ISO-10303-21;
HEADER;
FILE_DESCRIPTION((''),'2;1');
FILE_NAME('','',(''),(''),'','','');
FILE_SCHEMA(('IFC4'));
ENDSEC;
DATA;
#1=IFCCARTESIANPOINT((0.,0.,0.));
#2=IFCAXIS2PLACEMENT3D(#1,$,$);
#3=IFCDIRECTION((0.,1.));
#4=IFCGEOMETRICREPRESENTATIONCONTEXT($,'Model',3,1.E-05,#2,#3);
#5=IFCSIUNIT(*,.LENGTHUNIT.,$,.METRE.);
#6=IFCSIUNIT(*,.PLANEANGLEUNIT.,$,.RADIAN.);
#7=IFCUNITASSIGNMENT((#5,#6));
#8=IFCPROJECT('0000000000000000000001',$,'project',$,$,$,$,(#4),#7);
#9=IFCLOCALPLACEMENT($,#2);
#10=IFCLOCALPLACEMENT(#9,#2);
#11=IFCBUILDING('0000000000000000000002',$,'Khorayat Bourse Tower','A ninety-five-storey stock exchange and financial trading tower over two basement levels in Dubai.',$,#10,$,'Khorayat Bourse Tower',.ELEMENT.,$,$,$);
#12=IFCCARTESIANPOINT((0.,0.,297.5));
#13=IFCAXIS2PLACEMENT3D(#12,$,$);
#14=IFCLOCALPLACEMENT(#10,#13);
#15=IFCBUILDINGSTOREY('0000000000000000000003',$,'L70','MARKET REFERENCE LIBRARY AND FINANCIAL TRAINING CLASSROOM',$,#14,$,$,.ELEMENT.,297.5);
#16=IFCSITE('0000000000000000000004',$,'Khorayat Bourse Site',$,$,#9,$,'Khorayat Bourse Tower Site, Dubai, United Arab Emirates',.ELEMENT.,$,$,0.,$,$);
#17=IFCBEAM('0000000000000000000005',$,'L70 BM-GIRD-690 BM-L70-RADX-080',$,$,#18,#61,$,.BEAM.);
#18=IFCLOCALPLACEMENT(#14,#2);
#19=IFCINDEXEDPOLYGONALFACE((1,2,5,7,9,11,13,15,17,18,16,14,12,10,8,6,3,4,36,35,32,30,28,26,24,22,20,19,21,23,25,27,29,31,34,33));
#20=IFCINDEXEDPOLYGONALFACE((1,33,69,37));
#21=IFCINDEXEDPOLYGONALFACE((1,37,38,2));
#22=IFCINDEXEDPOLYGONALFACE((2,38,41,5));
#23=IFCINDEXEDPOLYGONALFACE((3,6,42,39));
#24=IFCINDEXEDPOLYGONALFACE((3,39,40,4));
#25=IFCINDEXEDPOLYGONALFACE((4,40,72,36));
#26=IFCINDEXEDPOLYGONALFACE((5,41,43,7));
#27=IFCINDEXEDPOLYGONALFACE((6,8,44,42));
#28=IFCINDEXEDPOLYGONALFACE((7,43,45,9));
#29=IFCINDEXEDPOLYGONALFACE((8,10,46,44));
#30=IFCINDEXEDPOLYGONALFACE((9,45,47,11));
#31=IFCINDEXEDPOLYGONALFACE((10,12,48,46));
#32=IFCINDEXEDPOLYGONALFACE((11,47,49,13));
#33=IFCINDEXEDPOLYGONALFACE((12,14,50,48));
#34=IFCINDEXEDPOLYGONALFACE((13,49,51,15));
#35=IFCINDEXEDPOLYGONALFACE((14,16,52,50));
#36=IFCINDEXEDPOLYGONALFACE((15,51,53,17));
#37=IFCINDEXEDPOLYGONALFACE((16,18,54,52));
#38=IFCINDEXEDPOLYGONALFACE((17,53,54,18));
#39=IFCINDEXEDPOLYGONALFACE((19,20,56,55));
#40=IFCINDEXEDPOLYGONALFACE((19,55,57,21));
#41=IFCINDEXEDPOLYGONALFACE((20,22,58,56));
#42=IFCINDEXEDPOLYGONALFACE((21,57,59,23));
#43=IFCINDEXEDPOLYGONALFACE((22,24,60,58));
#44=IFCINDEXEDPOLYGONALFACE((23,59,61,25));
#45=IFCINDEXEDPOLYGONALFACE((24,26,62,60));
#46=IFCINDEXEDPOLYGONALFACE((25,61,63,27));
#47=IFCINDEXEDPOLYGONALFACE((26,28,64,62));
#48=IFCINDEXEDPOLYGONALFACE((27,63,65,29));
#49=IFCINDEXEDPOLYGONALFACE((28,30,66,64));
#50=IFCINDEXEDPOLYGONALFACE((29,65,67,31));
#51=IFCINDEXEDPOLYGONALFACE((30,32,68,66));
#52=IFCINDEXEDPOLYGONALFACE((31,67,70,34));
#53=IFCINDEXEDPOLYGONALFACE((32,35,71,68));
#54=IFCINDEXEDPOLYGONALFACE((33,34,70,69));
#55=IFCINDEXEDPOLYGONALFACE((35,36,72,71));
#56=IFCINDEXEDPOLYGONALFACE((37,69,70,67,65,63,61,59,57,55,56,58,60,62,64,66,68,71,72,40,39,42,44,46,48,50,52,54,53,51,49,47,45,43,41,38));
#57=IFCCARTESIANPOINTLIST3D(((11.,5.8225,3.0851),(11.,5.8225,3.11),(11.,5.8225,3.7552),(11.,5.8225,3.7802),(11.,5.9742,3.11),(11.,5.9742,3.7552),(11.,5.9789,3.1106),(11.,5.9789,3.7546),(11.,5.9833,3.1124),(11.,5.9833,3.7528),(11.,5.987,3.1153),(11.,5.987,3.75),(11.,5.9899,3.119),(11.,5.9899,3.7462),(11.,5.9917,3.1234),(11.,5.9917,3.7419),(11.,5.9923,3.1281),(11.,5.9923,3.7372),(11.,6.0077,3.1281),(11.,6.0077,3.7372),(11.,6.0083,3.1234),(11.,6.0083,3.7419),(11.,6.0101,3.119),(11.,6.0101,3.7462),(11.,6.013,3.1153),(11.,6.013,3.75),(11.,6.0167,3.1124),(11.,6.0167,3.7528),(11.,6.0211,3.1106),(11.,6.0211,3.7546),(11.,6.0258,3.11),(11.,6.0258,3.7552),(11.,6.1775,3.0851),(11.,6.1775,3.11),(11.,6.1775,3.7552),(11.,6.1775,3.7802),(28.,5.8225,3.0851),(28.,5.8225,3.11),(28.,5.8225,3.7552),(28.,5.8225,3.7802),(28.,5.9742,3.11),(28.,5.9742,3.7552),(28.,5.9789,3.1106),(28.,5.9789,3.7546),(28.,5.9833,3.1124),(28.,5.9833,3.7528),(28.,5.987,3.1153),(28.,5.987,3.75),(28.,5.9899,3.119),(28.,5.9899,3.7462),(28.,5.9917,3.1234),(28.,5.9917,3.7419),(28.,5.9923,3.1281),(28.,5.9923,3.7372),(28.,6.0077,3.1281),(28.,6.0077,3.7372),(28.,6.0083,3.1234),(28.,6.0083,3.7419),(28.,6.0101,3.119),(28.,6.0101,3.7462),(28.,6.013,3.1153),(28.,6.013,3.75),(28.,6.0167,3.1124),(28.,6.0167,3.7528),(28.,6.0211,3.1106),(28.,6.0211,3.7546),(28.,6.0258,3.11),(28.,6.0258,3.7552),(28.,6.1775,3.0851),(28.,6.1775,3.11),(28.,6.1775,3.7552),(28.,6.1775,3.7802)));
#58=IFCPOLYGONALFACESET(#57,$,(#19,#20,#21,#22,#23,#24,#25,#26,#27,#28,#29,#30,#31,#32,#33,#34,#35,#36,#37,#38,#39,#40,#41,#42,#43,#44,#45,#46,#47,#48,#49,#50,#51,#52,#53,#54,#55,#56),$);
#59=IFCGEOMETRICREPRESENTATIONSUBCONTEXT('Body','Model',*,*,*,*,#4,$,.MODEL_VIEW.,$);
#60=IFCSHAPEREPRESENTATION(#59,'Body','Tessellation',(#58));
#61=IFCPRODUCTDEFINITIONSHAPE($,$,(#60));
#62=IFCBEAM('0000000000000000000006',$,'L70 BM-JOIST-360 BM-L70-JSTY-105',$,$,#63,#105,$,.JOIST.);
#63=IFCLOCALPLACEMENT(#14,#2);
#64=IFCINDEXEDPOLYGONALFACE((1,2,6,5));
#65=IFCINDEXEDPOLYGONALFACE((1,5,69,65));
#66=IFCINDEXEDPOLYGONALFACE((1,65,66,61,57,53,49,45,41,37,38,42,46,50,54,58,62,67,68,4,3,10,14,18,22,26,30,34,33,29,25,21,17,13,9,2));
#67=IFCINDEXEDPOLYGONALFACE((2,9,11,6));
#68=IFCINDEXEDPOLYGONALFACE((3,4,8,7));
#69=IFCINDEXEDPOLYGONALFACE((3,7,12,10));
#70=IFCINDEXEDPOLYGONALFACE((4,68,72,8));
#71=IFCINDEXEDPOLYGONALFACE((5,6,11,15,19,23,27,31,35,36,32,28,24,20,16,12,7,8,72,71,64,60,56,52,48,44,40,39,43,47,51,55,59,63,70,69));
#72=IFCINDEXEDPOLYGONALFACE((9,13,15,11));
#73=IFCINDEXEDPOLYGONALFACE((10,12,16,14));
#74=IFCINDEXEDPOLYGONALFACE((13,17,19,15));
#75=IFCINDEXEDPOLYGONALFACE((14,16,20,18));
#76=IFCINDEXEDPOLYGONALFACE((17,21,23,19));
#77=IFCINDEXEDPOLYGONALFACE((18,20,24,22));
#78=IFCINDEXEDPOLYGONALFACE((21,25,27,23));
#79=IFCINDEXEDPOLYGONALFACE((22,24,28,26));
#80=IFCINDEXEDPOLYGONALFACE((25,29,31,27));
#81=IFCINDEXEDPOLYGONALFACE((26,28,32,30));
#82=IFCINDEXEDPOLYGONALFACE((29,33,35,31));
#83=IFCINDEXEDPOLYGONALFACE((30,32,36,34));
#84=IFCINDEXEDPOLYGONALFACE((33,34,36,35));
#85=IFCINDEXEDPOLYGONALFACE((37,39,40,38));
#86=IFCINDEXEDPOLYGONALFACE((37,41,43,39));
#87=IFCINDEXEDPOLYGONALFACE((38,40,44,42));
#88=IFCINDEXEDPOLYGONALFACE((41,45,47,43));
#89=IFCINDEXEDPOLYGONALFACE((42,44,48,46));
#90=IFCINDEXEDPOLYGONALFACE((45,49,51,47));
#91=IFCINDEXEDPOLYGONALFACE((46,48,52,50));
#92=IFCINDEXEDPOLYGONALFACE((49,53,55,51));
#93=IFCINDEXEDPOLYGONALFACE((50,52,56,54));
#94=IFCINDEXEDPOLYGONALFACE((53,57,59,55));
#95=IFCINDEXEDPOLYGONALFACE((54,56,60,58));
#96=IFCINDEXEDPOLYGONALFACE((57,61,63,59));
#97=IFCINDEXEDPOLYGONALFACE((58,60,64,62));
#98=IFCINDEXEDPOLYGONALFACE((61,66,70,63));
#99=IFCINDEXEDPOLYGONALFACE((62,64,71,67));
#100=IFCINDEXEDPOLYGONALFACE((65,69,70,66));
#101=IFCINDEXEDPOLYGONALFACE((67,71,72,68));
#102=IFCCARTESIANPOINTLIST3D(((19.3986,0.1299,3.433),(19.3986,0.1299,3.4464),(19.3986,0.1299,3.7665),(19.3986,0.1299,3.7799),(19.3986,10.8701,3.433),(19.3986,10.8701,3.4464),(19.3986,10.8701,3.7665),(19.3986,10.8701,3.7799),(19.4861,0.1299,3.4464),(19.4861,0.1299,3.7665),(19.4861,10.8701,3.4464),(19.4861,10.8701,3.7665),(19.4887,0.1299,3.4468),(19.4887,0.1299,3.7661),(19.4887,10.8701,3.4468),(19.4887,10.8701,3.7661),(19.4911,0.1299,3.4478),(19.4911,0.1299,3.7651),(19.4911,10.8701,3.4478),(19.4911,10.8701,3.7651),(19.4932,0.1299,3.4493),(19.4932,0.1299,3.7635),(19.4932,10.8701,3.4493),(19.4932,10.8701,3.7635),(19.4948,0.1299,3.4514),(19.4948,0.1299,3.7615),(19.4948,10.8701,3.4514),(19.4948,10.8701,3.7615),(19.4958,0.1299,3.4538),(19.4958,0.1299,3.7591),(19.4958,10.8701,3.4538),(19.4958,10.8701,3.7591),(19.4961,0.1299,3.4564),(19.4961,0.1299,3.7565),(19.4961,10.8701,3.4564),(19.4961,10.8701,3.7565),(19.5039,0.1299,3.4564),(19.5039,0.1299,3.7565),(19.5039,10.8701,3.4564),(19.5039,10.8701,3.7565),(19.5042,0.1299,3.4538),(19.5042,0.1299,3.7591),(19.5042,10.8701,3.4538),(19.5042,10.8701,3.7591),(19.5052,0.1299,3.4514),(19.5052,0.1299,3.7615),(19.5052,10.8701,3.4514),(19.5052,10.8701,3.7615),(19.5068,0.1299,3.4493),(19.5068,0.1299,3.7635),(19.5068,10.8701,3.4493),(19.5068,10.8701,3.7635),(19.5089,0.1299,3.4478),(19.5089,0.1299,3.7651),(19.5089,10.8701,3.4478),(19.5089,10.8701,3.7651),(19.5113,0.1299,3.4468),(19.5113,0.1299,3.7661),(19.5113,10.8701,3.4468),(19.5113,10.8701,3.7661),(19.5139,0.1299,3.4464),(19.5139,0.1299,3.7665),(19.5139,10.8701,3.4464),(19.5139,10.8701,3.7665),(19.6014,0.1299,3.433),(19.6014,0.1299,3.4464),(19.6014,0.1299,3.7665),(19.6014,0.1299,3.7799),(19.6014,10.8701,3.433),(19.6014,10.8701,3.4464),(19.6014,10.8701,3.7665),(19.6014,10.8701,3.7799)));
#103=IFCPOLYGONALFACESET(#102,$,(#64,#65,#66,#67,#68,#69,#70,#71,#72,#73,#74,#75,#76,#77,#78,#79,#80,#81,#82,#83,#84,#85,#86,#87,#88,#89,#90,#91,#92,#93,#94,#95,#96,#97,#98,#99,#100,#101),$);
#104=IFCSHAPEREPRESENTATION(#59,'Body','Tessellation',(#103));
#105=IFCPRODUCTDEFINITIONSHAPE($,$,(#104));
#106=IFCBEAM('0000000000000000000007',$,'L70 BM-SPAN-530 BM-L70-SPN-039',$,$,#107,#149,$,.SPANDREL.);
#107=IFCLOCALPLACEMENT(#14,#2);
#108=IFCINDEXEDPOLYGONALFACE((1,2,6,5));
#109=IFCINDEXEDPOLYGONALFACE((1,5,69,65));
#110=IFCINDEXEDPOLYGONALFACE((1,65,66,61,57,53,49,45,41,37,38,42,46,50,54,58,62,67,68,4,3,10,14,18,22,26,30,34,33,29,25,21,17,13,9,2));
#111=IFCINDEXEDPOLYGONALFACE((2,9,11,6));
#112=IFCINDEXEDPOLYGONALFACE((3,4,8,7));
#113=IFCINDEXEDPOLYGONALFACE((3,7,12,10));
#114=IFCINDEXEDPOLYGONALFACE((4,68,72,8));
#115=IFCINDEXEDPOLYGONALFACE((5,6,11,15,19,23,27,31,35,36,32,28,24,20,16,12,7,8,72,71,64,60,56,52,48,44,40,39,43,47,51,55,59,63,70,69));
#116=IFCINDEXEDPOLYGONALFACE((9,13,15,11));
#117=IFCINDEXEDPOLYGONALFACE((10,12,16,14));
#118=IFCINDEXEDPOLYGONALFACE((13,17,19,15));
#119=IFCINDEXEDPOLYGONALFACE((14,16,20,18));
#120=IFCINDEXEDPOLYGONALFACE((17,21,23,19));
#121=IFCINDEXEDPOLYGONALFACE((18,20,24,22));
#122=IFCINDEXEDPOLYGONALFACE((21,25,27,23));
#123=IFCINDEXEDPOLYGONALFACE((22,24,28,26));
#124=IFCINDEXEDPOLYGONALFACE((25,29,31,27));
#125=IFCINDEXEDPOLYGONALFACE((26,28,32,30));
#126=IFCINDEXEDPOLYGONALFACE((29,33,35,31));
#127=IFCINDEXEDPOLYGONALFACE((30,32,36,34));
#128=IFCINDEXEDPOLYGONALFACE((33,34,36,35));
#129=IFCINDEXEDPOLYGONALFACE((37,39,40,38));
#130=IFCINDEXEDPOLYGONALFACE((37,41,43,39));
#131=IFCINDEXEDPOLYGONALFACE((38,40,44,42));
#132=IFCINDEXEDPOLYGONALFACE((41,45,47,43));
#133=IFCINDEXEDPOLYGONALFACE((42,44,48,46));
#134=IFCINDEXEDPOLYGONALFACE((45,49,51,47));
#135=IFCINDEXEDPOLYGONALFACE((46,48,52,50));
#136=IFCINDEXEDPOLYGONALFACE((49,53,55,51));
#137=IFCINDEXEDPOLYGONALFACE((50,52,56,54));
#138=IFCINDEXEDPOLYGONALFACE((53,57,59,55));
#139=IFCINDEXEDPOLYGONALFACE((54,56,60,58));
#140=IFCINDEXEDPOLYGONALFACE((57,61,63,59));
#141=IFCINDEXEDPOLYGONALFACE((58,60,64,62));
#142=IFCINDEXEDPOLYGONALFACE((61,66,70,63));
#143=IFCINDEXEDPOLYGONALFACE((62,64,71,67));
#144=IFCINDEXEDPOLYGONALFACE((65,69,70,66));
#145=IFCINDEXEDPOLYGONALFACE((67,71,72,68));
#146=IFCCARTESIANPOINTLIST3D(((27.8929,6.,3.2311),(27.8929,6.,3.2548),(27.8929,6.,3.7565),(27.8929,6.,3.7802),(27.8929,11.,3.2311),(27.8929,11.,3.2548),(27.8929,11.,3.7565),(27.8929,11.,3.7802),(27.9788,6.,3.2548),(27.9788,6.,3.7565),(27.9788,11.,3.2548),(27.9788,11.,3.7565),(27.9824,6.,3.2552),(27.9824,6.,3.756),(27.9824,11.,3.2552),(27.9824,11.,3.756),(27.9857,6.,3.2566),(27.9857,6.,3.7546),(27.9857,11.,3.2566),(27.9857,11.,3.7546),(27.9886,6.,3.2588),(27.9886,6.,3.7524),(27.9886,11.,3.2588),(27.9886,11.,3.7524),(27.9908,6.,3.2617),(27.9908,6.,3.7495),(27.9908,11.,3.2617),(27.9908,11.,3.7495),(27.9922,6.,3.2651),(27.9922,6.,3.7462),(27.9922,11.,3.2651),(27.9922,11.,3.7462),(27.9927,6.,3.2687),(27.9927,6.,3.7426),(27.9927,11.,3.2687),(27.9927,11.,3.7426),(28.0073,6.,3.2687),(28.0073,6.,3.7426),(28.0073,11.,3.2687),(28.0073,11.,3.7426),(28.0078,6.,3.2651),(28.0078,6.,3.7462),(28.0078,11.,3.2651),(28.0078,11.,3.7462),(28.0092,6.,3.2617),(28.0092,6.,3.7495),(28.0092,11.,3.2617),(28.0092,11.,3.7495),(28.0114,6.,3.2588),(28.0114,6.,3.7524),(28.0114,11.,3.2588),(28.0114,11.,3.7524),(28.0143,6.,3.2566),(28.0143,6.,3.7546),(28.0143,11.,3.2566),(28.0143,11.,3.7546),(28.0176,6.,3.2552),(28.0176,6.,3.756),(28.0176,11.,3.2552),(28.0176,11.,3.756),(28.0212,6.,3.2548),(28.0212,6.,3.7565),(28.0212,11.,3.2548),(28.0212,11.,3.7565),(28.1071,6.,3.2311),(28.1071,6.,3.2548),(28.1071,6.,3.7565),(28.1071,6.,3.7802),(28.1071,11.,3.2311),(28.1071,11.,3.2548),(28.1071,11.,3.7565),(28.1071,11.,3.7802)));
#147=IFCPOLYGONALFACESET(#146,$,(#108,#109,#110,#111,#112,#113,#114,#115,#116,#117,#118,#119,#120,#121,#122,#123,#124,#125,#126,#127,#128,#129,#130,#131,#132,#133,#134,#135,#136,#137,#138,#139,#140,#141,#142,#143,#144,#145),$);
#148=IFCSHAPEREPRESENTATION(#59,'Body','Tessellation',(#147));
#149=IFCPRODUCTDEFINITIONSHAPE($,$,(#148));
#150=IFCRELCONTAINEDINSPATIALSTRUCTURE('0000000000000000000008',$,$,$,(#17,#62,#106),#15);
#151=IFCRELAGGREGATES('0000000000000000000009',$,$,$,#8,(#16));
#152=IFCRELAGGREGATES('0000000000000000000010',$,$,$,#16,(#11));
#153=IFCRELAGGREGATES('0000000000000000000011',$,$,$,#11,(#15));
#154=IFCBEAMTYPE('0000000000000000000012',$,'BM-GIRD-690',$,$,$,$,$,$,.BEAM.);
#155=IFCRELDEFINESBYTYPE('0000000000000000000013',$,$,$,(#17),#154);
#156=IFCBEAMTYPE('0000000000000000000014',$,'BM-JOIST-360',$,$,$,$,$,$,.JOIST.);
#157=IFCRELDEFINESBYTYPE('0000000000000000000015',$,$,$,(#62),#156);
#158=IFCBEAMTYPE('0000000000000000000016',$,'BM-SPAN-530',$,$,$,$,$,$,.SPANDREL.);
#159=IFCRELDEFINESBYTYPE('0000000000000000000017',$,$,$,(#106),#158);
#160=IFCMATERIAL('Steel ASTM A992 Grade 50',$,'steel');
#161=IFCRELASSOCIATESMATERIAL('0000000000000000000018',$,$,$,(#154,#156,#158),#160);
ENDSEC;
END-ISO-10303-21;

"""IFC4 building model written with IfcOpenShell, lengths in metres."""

from ifc_helpers import new_model, si_unit, direction, frame, origin, origin_2d, place, context, subcontext, project, spatial, i_section, extrude, source, transform, mapped, material, material_profile, profile_set, type_object, element, save


model = new_model("IFC4")

# Units and contexts
model_context = context("Model", 3, precision=1e-05, world=origin(), true_north=direction((0.0, 1.0)))
body_context = subcontext(model_context, "Body", "Model", "MODEL_VIEW")
ifc_project = project(units=[si_unit("LENGTHUNIT", "METRE"), si_unit("PLANEANGLEUNIT", "RADIAN")], contexts=[model_context])

# Site, building, storey
site_placement = place(None, origin())
site = spatial("IfcSite", under=ifc_project, at=site_placement, Name="Khorayat Bourse Site", LongName="Khorayat Bourse Tower Site, Dubai, United Arab Emirates", CompositionType="ELEMENT", RefElevation=0.0)
building_placement = place(site_placement, origin())
building = spatial("IfcBuilding", under=site, at=building_placement, Name="Khorayat Bourse Tower", Description="A ninety-five-storey stock exchange and financial trading tower over two basement levels in Dubai.", LongName="Khorayat Bourse Tower", CompositionType="ELEMENT")
storey_placement = place(building_placement, frame((0.0, 0.0, 297.5)))
storey = spatial("IfcBuildingStorey", under=building, at=storey_placement, Name="L70", Description="MARKET REFERENCE LIBRARY AND FINANCIAL TRAINING CLASSROOM", CompositionType="ELEMENT", Elevation=297.5)

# Beams
ifc_material_1 = material(Name="Steel ASTM A992 Grade 50", Category="steel")
ifc_material_profile_1 = material_profile(ifc_material_1, i_section(OverallWidth=0.355, OverallDepth=0.6951, WebThickness=0.0154, FlangeThickness=0.0249, FilletRadius=0.0181, at=origin_2d()), Name="W690X217")
ifc_profile_set_1 = profile_set([ifc_material_profile_1], Name="Steel ASTM A992 Grade 50")
beam_type_1 = type_object("IfcBeamType", Name="BM-GIRD-690", PredefinedType="BEAM", material=ifc_profile_set_1)
shared_shape_1 = source(origin(), body_context, "Body", "SweptSolid", [
    extrude(i_section(OverallWidth=0.355, OverallDepth=0.6951, WebThickness=0.0154, FlangeThickness=0.0249, FilletRadius=0.0181, at=origin_2d()), origin(), (0.0, 0.0, 1.0), 17.0),
])
for number, where, z_axis, x_axis, name in (
    (1, (11.0, 6.0, 3.4326), (1.0, 0.0, 0.0), (0.0, 1.0, 0.0), "L70 BM-GIRD-690 BM-L70-RADX-080"),
):
    element("IfcBeam", number, at=place(storey_placement, frame(where, z_axis=z_axis, x_axis=x_axis)), inside=storey, type_object=beam_type_1, Name=name, PredefinedType="BEAM", context=body_context, shape_type="MappedRepresentation", body=[
        mapped(shared_shape_1, transform((0.0, 0.0, 0.0), scale=1.0)),
    ])
ifc_material_profile_2 = material_profile(ifc_material_1, i_section(OverallWidth=0.2029, OverallDepth=0.3469, WebThickness=0.0078, FlangeThickness=0.0134, FilletRadius=0.01, at=origin_2d()), Name="W360X64")
ifc_profile_set_2 = profile_set([ifc_material_profile_2], Name="Steel ASTM A992 Grade 50")
beam_type_2 = type_object("IfcBeamType", Name="BM-JOIST-360", PredefinedType="JOIST", material=ifc_profile_set_2)
shared_shape_2 = source(origin(), body_context, "Body", "SweptSolid", [
    extrude(i_section(OverallWidth=0.2029, OverallDepth=0.3469, WebThickness=0.0078, FlangeThickness=0.0134, FilletRadius=0.01, at=origin_2d()), origin(), (0.0, 0.0, 1.0), 10.7402),
])
beam_1_placement = place(storey_placement, frame((19.5, 0.1299, 3.6064), z_axis=(0.0, 1.0, 0.0), x_axis=(-1.0, 0.0, 0.0)))
element("IfcBeam", 2, at=beam_1_placement, inside=storey, type_object=beam_type_2, Name="L70 BM-JOIST-360 BM-L70-JSTY-105", PredefinedType="JOIST", context=body_context, shape_type="MappedRepresentation", body=[
    mapped(shared_shape_2, transform((0.0, 0.0, 0.0), scale=1.0)),
])
ifc_material_profile_3 = material_profile(ifc_material_1, i_section(OverallWidth=0.2141, OverallDepth=0.5491, WebThickness=0.0146, FlangeThickness=0.0237, FilletRadius=0.0139, at=origin_2d()), Name="W530X138")
ifc_profile_set_3 = profile_set([ifc_material_profile_3], Name="Steel ASTM A992 Grade 50")
beam_type_3 = type_object("IfcBeamType", Name="BM-SPAN-530", PredefinedType="SPANDREL", material=ifc_profile_set_3)
shared_shape_3 = source(origin(), body_context, "Body", "SweptSolid", [
    extrude(i_section(OverallWidth=0.2141, OverallDepth=0.5491, WebThickness=0.0146, FlangeThickness=0.0237, FilletRadius=0.0139, at=origin_2d()), origin(), (0.0, 0.0, 1.0), 5.0),
])
beam_2_placement = place(storey_placement, frame((28.0, 6.0, 3.5056), z_axis=(0.0, 1.0, 0.0), x_axis=(-1.0, 0.0, 0.0)))
element("IfcBeam", 3, at=beam_2_placement, inside=storey, type_object=beam_type_3, Name="L70 BM-SPAN-530 BM-L70-SPN-039", PredefinedType="SPANDREL", context=body_context, shape_type="MappedRepresentation", body=[
    mapped(shared_shape_3, transform((0.0, 0.0, 0.0), scale=1.0)),
])

save(model, "model.ifc")
